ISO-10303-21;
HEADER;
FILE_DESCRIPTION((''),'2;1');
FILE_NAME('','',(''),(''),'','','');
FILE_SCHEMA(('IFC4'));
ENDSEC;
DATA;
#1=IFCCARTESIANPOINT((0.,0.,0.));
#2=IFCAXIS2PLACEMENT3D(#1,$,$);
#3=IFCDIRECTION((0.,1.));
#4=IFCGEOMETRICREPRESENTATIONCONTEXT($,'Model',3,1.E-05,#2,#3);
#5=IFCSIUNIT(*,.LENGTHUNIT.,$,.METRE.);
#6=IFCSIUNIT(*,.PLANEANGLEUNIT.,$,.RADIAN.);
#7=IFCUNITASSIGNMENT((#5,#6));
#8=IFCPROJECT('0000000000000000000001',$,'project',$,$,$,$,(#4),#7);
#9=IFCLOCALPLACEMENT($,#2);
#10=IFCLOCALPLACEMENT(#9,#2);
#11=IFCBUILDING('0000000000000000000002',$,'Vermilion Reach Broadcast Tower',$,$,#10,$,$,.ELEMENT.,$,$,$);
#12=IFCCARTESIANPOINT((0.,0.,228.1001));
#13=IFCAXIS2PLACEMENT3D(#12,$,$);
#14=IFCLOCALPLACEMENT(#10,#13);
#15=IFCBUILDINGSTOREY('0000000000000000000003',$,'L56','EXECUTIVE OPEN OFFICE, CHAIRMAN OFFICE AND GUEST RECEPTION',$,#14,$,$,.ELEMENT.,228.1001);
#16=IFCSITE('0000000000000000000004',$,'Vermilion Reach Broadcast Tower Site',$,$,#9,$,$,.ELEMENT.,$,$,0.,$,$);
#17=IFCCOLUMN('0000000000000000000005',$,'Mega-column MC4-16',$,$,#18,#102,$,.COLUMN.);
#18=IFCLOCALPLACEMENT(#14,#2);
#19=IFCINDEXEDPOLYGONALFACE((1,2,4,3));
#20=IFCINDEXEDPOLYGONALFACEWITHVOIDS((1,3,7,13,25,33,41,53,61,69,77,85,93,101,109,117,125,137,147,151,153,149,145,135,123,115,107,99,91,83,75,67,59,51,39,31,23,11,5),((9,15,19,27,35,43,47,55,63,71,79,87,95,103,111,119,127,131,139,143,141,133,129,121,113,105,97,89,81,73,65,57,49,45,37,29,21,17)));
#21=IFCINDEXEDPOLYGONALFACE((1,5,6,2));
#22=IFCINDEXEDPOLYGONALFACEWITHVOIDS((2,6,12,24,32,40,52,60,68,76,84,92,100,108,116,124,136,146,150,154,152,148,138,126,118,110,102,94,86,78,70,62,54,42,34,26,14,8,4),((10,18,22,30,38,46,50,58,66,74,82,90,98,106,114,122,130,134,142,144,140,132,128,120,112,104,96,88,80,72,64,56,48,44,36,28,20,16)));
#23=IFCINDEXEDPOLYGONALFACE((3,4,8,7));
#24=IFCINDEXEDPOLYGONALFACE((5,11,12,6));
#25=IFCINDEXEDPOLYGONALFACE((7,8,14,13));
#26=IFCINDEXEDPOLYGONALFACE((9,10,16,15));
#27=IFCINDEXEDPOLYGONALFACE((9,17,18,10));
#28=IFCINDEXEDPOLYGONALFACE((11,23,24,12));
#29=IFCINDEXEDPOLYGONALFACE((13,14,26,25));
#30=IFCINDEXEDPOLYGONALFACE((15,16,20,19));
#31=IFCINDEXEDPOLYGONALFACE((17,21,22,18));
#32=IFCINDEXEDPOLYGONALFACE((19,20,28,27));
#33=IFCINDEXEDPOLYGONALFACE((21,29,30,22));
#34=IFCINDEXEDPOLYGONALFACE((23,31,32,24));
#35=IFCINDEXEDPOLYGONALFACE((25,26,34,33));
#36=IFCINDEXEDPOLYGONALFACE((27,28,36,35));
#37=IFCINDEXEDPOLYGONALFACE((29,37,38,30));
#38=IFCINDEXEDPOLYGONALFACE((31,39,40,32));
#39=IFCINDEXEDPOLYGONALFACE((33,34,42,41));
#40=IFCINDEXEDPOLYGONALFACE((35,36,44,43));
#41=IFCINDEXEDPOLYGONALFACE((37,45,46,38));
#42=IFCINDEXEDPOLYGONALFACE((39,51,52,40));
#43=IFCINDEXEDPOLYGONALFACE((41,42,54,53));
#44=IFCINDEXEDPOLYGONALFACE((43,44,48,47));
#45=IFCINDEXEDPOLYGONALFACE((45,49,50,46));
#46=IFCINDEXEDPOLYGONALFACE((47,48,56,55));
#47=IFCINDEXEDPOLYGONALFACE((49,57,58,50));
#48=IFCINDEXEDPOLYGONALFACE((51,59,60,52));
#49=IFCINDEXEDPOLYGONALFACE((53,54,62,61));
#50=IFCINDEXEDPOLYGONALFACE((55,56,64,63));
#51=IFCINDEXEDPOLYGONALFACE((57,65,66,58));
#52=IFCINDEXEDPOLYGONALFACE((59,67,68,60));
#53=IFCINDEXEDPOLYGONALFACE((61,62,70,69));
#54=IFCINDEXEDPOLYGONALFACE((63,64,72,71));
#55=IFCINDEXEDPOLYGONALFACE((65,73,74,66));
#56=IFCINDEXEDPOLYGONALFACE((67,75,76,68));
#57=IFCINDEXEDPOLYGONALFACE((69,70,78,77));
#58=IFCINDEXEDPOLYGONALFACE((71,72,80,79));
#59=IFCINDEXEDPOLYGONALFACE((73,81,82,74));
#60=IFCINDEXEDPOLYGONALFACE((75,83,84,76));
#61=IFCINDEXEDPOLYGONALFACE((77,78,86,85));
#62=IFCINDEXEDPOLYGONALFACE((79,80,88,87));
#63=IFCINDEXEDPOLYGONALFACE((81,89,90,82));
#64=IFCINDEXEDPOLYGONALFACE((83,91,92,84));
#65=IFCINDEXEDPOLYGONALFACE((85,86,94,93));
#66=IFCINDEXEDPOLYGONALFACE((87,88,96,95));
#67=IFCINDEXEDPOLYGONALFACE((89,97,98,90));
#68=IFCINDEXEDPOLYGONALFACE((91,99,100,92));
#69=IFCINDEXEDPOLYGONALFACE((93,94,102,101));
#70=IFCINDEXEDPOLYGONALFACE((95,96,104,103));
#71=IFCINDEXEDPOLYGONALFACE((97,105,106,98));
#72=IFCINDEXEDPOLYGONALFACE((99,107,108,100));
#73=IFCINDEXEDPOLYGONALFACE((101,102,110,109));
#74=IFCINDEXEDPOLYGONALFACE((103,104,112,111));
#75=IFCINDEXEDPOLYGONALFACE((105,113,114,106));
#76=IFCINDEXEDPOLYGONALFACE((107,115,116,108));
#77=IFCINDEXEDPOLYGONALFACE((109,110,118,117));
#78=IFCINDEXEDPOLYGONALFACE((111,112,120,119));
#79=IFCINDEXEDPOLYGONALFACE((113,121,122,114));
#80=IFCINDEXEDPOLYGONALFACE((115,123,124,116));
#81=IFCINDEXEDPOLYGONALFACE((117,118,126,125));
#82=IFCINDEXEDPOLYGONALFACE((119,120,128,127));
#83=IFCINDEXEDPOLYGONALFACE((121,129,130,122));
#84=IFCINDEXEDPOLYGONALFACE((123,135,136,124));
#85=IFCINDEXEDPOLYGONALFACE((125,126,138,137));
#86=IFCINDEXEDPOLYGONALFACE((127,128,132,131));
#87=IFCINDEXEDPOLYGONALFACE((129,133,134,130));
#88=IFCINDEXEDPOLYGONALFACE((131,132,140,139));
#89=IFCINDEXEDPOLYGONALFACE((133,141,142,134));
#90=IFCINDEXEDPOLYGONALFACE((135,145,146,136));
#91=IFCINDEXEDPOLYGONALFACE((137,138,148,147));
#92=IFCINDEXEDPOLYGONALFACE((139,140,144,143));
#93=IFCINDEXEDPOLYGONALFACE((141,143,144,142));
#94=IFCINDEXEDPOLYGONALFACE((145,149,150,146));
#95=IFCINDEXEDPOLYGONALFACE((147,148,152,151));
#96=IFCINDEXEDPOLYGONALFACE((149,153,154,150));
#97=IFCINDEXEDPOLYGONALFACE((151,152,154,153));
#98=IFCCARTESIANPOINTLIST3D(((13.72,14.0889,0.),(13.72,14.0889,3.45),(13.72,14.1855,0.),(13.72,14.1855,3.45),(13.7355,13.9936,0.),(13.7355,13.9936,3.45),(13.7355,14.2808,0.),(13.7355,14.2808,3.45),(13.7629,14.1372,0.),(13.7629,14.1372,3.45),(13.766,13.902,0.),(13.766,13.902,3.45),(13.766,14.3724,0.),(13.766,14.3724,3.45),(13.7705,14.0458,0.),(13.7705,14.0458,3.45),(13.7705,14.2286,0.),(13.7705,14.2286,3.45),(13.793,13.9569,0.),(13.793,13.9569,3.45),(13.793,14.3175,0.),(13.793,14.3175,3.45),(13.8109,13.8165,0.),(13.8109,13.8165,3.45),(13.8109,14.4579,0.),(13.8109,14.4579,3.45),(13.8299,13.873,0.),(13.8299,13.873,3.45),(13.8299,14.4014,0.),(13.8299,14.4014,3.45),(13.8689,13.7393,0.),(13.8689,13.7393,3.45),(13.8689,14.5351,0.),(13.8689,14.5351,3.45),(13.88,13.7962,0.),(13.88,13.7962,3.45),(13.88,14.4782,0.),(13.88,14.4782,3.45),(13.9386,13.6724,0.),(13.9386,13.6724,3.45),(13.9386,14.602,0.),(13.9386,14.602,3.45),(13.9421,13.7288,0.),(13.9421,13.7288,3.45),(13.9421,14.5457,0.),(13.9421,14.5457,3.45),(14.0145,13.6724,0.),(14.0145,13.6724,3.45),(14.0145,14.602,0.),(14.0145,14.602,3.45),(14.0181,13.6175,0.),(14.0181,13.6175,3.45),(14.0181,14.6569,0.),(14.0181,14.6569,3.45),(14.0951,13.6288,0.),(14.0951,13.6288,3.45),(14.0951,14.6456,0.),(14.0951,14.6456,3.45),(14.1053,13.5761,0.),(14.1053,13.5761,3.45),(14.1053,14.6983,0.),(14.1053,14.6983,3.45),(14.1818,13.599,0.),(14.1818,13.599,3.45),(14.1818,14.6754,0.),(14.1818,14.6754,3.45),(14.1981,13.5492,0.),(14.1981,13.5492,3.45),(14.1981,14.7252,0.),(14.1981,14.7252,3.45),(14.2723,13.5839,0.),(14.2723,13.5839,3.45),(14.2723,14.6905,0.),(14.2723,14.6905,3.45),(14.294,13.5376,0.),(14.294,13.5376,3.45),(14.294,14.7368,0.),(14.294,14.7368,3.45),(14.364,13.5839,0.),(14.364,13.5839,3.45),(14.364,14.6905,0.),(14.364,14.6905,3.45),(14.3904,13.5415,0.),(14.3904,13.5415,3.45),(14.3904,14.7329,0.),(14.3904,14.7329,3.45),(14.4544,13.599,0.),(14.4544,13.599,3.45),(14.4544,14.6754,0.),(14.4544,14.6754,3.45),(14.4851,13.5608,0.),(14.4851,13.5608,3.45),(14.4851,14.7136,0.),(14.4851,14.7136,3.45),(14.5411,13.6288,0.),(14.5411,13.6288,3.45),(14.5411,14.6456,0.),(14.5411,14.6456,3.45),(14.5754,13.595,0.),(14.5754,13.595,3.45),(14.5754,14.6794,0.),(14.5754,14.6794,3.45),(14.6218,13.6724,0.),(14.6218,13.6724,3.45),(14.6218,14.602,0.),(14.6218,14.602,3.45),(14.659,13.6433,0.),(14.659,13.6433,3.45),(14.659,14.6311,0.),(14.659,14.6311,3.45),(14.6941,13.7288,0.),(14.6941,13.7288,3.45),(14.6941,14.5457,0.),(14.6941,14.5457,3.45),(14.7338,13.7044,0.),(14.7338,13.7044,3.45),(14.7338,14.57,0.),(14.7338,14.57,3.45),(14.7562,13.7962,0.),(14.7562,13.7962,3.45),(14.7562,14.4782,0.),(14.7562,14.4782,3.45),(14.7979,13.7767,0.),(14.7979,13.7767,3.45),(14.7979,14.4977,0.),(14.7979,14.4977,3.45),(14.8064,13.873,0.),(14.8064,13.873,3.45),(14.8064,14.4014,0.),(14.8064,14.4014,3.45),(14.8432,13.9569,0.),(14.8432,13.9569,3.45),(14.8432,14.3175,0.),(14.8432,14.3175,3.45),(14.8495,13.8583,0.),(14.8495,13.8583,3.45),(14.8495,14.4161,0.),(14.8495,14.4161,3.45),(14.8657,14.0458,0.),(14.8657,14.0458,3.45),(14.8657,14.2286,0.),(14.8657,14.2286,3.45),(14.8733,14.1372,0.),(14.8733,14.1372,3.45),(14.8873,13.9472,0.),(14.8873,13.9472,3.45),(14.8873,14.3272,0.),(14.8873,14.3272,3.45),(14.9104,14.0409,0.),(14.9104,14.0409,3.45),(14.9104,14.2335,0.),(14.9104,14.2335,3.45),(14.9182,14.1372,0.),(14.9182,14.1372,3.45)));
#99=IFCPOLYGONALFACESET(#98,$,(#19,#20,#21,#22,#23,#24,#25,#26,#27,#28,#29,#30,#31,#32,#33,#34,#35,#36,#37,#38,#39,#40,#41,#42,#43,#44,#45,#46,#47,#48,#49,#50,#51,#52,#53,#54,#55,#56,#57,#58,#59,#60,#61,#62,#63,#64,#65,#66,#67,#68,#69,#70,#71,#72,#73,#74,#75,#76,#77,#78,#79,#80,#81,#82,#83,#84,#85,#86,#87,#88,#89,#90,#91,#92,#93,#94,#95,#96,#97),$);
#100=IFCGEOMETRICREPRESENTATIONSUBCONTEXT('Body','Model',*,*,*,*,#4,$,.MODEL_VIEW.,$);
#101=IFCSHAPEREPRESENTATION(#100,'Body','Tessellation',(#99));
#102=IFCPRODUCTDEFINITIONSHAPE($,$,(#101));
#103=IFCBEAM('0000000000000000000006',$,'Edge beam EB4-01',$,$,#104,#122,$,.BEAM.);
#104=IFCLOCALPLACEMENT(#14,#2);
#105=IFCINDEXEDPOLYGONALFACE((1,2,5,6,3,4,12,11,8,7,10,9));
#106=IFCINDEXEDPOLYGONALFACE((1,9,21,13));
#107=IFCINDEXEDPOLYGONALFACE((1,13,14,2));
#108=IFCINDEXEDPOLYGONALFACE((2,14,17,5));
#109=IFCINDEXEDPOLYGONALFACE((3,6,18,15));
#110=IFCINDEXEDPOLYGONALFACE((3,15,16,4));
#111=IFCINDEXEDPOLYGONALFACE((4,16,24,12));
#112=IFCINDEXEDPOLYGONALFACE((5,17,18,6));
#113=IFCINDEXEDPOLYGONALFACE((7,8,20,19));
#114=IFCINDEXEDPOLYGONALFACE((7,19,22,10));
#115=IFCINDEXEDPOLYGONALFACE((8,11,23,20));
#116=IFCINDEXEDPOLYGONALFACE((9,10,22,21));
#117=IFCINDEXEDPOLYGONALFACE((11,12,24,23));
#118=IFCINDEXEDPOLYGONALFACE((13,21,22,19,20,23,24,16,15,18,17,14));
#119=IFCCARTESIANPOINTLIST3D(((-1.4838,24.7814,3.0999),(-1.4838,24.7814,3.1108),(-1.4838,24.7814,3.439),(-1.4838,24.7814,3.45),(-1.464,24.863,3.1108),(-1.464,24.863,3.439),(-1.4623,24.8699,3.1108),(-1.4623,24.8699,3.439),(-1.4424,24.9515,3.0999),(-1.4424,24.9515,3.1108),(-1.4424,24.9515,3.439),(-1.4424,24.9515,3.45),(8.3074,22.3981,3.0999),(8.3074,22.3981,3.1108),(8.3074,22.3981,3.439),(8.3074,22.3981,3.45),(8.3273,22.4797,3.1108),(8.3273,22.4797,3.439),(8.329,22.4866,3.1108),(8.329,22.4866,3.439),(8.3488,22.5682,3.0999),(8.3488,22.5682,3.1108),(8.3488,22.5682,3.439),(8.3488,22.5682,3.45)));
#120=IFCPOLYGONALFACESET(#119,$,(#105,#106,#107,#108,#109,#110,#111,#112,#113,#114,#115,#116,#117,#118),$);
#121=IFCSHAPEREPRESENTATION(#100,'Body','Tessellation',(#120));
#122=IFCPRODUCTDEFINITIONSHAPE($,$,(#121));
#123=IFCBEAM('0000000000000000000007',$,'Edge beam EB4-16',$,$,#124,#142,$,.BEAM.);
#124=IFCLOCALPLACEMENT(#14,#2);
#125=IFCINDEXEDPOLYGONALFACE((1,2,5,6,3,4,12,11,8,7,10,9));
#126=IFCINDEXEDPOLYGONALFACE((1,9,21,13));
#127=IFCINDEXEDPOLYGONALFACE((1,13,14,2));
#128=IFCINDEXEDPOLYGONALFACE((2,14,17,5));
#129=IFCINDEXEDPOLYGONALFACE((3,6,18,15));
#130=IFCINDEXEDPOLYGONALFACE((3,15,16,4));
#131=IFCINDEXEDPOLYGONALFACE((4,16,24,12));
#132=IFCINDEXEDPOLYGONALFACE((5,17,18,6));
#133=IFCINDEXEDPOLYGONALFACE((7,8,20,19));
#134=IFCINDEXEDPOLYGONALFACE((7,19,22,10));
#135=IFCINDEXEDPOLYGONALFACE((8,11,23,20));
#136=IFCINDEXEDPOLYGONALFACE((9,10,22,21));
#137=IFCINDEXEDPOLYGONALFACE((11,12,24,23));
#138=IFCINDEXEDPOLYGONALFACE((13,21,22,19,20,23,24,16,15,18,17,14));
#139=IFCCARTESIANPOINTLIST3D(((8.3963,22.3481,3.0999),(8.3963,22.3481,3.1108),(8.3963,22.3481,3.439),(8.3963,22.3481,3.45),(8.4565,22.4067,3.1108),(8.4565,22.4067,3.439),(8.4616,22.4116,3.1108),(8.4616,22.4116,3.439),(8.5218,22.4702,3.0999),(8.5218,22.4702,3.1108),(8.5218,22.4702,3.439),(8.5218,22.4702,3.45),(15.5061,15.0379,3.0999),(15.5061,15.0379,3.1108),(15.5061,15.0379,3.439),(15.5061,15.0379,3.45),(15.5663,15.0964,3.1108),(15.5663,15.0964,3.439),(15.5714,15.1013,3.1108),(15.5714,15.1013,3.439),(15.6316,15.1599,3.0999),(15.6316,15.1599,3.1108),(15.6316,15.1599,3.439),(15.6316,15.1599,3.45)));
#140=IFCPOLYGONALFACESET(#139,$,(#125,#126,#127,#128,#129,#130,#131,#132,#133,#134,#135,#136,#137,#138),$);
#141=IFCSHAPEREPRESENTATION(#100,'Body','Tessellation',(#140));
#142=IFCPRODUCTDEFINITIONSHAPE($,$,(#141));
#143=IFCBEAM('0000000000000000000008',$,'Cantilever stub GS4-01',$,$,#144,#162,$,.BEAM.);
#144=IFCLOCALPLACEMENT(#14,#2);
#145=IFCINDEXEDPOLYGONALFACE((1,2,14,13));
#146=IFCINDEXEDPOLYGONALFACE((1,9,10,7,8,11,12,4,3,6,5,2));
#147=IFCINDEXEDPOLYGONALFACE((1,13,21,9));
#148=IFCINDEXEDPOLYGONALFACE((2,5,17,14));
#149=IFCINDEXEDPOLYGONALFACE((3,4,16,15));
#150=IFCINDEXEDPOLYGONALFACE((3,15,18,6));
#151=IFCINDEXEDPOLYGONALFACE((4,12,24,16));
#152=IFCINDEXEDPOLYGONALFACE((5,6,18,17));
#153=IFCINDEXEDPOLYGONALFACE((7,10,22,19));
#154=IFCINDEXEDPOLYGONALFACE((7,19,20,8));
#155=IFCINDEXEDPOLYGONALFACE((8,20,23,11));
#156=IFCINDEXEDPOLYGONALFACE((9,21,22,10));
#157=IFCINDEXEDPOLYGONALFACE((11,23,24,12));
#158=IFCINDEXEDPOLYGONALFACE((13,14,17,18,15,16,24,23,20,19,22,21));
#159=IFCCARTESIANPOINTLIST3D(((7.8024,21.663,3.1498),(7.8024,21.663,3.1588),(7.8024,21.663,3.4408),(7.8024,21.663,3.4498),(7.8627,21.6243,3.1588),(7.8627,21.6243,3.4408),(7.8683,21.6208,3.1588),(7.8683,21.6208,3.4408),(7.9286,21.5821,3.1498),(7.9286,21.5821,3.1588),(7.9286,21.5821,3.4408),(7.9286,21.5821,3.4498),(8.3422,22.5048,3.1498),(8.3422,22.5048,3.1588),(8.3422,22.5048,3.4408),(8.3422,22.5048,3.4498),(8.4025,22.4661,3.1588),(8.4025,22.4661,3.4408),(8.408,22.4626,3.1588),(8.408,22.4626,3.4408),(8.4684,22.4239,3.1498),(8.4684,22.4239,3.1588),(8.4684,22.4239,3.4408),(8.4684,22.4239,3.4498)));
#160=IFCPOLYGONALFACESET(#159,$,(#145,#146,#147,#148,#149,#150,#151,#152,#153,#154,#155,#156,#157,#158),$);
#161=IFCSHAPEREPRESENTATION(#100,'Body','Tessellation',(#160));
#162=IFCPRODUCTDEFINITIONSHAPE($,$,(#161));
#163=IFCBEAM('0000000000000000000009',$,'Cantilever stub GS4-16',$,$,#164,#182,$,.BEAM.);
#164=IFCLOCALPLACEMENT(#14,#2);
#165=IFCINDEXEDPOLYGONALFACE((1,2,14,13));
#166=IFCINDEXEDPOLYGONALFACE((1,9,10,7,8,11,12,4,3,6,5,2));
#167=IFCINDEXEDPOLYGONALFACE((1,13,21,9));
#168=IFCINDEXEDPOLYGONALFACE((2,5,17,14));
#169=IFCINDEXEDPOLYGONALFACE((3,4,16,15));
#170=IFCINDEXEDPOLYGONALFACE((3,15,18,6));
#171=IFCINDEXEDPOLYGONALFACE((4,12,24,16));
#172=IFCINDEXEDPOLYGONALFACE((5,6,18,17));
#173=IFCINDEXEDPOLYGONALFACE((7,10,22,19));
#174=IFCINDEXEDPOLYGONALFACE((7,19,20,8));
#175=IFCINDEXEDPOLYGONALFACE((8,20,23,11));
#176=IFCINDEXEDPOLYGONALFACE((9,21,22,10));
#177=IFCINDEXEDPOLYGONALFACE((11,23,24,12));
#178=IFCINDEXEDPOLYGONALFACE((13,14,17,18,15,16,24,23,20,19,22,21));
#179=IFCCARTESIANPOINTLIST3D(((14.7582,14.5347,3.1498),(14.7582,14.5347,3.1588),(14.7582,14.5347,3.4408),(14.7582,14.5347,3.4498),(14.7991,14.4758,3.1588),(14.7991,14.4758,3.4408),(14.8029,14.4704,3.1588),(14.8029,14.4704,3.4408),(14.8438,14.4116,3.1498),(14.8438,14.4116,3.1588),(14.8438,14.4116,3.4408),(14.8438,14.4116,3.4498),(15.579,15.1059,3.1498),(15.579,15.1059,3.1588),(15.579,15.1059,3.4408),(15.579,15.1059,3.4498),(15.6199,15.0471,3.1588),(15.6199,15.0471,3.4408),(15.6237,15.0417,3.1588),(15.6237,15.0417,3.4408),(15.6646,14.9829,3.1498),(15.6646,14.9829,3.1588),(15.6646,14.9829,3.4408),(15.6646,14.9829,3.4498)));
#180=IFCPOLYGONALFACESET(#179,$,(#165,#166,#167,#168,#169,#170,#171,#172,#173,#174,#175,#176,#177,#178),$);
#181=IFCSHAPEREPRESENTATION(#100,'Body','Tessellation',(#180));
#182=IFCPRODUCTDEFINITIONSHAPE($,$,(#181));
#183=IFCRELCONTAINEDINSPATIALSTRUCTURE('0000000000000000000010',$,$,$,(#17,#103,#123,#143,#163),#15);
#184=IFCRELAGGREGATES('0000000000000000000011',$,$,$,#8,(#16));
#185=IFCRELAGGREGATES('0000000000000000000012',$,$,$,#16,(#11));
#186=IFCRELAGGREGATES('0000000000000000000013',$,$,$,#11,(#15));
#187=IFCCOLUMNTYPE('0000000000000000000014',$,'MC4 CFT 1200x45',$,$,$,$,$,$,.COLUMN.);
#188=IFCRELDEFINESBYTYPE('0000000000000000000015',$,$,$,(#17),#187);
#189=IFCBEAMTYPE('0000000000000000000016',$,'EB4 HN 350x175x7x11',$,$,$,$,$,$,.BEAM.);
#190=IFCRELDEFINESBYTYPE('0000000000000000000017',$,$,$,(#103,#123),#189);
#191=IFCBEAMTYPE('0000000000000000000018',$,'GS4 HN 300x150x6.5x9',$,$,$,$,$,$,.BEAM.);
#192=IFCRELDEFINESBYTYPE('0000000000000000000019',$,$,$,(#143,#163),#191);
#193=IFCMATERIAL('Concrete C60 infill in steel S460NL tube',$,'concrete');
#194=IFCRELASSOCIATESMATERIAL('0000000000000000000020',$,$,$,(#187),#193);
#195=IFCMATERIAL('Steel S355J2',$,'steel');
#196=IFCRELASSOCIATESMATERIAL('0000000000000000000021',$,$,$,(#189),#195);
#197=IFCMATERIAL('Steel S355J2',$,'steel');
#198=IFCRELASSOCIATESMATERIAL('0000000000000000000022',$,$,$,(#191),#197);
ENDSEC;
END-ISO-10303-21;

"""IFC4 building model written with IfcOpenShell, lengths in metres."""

from ifc_helpers import new_model, si_unit, direction, frame, origin, origin_2d, place, context, subcontext, project, spatial, hollow_circle, i_section, extrude, material, material_profile, profile_set, type_object, element, save


model = new_model("IFC4")

# Units and contexts
model_context = context("Model", 3, precision=1e-05, world=origin(), true_north=direction((0.0, 1.0)))
body_context = subcontext(model_context, "Body", "Model", "MODEL_VIEW")
ifc_project = project(units=[si_unit("LENGTHUNIT", "METRE"), si_unit("PLANEANGLEUNIT", "RADIAN")], contexts=[model_context])

# Site, building, storey
site_placement = place(None, origin())
site = spatial("IfcSite", under=ifc_project, at=site_placement, Name="Vermilion Reach Broadcast Tower Site", CompositionType="ELEMENT", RefElevation=0.0)
building_placement = place(site_placement, origin())
building = spatial("IfcBuilding", under=site, at=building_placement, Name="Vermilion Reach Broadcast Tower", CompositionType="ELEMENT")
storey_placement = place(building_placement, frame((0.0, 0.0, 228.1001)))
storey = spatial("IfcBuildingStorey", under=building, at=storey_placement, Name="L56", Description="EXECUTIVE OPEN OFFICE, CHAIRMAN OFFICE AND GUEST RECEPTION", CompositionType="ELEMENT", Elevation=228.1001)

# Column
ifc_material_1 = material(Name="Concrete C60 infill in steel S460NL tube", Category="concrete")
ifc_material_profile_1 = material_profile(ifc_material_1, hollow_circle(Radius=0.6001, WallThickness=0.0449, at=origin_2d()), Name="Concrete C60 infill in steel S460NL tube CFT 1200x45")
ifc_profile_set_1 = profile_set([ifc_material_profile_1], Name="Concrete C60 infill in steel S460NL tube")
column_type = type_object("IfcColumnType", Name="MC4 CFT 1200x45", PredefinedType="COLUMN", material=ifc_profile_set_1)
column_placement = place(storey_placement, frame((14.3181, 14.1372, 0.0), z_axis=(0.0, 0.0, 1.0), x_axis=(1.0, 0.0, 0.0)))
element("IfcColumn", 1, at=column_placement, inside=storey, type_object=column_type, Name="Mega-column MC4-16", PredefinedType="COLUMN", context=body_context, shape_type="SweptSolid", body=[
    extrude(hollow_circle(Radius=0.6001, WallThickness=0.0449, at=origin_2d()), origin(), (0.0, 0.0, 1.0), 3.45),
])

# Beams
ifc_material_2 = material(Name="Steel S355J2", Category="steel")
ifc_material_profile_2 = material_profile(ifc_material_2, i_section(OverallWidth=0.175, OverallDepth=0.3501, WebThickness=0.0071, FlangeThickness=0.011, at=origin_2d()), Name="S355J2 HN 350x175x7x11")
ifc_profile_set_2 = profile_set([ifc_material_profile_2], Name="Steel S355J2")
beam_type_1 = type_object("IfcBeamType", Name="EB4 HN 350x175x7x11", PredefinedType="BEAM", material=ifc_profile_set_2)
beam_1_placement = place(storey_placement, frame((8.3281, 22.4832, 3.2749), z_axis=(-0.97163, 0.236506, 0.0), x_axis=(-0.236506, -0.97163, 0.0)))
element("IfcBeam", 2, at=beam_1_placement, inside=storey, type_object=beam_type_1, Name="Edge beam EB4-01", PredefinedType="BEAM", context=body_context, shape_type="SweptSolid", body=[
    extrude(i_section(OverallWidth=0.175, OverallDepth=0.3501, WebThickness=0.0071, FlangeThickness=0.011, at=origin_2d()), origin(), (0.0, 0.0, 1.0), 10.0771),
])
beam_2_placement = place(storey_placement, frame((15.5688, 15.0989, 3.2749), z_axis=(-0.697211, 0.716866, 0.0), x_axis=(-0.716866, -0.697211, 0.0)))
element("IfcBeam", 3, at=beam_2_placement, inside=storey, type_object=beam_type_1, Name="Edge beam EB4-16", PredefinedType="BEAM", context=body_context, shape_type="SweptSolid", body=[
    extrude(i_section(OverallWidth=0.175, OverallDepth=0.3501, WebThickness=0.0071, FlangeThickness=0.011, at=origin_2d()), origin(), (0.0, 0.0, 1.0), 10.1975),
])
ifc_material_3 = material(Name="Steel S355J2", Category="steel")
ifc_material_profile_3 = material_profile(ifc_material_3, i_section(OverallWidth=0.1499, OverallDepth=0.3, WebThickness=0.0066, FlangeThickness=0.009, at=origin_2d()), Name="S355J2 HN 300x150x6.5x9")
ifc_profile_set_3 = profile_set([ifc_material_profile_3], Name="Steel S355J2")
beam_type_2 = type_object("IfcBeamType", Name="GS4 HN 300x150x6.5x9", PredefinedType="BEAM", material=ifc_profile_set_3)
for number, where, z_axis, x_axis, name in (
    (4, (7.8655, 21.6226, 3.2998), (0.539795, 0.841797, 0.0), (-0.841797, 0.539795, 0.0), "Cantilever stub GS4-01"),
    (5, (14.801, 14.4731, 3.2998), (0.820766, 0.571265, 0.0), (-0.571265, 0.820766, 0.0), "Cantilever stub GS4-16"),
):
    element("IfcBeam", number, at=place(storey_placement, frame(where, z_axis=z_axis, x_axis=x_axis)), inside=storey, type_object=beam_type_2, Name=name, PredefinedType="BEAM", context=body_context, shape_type="SweptSolid", body=[
        extrude(i_section(OverallWidth=0.1499, OverallDepth=0.3, WebThickness=0.0066, FlangeThickness=0.009, at=origin_2d()), origin(), (0.0, 0.0, 1.0), 1.0),
    ])

save(model, "model.ifc")
